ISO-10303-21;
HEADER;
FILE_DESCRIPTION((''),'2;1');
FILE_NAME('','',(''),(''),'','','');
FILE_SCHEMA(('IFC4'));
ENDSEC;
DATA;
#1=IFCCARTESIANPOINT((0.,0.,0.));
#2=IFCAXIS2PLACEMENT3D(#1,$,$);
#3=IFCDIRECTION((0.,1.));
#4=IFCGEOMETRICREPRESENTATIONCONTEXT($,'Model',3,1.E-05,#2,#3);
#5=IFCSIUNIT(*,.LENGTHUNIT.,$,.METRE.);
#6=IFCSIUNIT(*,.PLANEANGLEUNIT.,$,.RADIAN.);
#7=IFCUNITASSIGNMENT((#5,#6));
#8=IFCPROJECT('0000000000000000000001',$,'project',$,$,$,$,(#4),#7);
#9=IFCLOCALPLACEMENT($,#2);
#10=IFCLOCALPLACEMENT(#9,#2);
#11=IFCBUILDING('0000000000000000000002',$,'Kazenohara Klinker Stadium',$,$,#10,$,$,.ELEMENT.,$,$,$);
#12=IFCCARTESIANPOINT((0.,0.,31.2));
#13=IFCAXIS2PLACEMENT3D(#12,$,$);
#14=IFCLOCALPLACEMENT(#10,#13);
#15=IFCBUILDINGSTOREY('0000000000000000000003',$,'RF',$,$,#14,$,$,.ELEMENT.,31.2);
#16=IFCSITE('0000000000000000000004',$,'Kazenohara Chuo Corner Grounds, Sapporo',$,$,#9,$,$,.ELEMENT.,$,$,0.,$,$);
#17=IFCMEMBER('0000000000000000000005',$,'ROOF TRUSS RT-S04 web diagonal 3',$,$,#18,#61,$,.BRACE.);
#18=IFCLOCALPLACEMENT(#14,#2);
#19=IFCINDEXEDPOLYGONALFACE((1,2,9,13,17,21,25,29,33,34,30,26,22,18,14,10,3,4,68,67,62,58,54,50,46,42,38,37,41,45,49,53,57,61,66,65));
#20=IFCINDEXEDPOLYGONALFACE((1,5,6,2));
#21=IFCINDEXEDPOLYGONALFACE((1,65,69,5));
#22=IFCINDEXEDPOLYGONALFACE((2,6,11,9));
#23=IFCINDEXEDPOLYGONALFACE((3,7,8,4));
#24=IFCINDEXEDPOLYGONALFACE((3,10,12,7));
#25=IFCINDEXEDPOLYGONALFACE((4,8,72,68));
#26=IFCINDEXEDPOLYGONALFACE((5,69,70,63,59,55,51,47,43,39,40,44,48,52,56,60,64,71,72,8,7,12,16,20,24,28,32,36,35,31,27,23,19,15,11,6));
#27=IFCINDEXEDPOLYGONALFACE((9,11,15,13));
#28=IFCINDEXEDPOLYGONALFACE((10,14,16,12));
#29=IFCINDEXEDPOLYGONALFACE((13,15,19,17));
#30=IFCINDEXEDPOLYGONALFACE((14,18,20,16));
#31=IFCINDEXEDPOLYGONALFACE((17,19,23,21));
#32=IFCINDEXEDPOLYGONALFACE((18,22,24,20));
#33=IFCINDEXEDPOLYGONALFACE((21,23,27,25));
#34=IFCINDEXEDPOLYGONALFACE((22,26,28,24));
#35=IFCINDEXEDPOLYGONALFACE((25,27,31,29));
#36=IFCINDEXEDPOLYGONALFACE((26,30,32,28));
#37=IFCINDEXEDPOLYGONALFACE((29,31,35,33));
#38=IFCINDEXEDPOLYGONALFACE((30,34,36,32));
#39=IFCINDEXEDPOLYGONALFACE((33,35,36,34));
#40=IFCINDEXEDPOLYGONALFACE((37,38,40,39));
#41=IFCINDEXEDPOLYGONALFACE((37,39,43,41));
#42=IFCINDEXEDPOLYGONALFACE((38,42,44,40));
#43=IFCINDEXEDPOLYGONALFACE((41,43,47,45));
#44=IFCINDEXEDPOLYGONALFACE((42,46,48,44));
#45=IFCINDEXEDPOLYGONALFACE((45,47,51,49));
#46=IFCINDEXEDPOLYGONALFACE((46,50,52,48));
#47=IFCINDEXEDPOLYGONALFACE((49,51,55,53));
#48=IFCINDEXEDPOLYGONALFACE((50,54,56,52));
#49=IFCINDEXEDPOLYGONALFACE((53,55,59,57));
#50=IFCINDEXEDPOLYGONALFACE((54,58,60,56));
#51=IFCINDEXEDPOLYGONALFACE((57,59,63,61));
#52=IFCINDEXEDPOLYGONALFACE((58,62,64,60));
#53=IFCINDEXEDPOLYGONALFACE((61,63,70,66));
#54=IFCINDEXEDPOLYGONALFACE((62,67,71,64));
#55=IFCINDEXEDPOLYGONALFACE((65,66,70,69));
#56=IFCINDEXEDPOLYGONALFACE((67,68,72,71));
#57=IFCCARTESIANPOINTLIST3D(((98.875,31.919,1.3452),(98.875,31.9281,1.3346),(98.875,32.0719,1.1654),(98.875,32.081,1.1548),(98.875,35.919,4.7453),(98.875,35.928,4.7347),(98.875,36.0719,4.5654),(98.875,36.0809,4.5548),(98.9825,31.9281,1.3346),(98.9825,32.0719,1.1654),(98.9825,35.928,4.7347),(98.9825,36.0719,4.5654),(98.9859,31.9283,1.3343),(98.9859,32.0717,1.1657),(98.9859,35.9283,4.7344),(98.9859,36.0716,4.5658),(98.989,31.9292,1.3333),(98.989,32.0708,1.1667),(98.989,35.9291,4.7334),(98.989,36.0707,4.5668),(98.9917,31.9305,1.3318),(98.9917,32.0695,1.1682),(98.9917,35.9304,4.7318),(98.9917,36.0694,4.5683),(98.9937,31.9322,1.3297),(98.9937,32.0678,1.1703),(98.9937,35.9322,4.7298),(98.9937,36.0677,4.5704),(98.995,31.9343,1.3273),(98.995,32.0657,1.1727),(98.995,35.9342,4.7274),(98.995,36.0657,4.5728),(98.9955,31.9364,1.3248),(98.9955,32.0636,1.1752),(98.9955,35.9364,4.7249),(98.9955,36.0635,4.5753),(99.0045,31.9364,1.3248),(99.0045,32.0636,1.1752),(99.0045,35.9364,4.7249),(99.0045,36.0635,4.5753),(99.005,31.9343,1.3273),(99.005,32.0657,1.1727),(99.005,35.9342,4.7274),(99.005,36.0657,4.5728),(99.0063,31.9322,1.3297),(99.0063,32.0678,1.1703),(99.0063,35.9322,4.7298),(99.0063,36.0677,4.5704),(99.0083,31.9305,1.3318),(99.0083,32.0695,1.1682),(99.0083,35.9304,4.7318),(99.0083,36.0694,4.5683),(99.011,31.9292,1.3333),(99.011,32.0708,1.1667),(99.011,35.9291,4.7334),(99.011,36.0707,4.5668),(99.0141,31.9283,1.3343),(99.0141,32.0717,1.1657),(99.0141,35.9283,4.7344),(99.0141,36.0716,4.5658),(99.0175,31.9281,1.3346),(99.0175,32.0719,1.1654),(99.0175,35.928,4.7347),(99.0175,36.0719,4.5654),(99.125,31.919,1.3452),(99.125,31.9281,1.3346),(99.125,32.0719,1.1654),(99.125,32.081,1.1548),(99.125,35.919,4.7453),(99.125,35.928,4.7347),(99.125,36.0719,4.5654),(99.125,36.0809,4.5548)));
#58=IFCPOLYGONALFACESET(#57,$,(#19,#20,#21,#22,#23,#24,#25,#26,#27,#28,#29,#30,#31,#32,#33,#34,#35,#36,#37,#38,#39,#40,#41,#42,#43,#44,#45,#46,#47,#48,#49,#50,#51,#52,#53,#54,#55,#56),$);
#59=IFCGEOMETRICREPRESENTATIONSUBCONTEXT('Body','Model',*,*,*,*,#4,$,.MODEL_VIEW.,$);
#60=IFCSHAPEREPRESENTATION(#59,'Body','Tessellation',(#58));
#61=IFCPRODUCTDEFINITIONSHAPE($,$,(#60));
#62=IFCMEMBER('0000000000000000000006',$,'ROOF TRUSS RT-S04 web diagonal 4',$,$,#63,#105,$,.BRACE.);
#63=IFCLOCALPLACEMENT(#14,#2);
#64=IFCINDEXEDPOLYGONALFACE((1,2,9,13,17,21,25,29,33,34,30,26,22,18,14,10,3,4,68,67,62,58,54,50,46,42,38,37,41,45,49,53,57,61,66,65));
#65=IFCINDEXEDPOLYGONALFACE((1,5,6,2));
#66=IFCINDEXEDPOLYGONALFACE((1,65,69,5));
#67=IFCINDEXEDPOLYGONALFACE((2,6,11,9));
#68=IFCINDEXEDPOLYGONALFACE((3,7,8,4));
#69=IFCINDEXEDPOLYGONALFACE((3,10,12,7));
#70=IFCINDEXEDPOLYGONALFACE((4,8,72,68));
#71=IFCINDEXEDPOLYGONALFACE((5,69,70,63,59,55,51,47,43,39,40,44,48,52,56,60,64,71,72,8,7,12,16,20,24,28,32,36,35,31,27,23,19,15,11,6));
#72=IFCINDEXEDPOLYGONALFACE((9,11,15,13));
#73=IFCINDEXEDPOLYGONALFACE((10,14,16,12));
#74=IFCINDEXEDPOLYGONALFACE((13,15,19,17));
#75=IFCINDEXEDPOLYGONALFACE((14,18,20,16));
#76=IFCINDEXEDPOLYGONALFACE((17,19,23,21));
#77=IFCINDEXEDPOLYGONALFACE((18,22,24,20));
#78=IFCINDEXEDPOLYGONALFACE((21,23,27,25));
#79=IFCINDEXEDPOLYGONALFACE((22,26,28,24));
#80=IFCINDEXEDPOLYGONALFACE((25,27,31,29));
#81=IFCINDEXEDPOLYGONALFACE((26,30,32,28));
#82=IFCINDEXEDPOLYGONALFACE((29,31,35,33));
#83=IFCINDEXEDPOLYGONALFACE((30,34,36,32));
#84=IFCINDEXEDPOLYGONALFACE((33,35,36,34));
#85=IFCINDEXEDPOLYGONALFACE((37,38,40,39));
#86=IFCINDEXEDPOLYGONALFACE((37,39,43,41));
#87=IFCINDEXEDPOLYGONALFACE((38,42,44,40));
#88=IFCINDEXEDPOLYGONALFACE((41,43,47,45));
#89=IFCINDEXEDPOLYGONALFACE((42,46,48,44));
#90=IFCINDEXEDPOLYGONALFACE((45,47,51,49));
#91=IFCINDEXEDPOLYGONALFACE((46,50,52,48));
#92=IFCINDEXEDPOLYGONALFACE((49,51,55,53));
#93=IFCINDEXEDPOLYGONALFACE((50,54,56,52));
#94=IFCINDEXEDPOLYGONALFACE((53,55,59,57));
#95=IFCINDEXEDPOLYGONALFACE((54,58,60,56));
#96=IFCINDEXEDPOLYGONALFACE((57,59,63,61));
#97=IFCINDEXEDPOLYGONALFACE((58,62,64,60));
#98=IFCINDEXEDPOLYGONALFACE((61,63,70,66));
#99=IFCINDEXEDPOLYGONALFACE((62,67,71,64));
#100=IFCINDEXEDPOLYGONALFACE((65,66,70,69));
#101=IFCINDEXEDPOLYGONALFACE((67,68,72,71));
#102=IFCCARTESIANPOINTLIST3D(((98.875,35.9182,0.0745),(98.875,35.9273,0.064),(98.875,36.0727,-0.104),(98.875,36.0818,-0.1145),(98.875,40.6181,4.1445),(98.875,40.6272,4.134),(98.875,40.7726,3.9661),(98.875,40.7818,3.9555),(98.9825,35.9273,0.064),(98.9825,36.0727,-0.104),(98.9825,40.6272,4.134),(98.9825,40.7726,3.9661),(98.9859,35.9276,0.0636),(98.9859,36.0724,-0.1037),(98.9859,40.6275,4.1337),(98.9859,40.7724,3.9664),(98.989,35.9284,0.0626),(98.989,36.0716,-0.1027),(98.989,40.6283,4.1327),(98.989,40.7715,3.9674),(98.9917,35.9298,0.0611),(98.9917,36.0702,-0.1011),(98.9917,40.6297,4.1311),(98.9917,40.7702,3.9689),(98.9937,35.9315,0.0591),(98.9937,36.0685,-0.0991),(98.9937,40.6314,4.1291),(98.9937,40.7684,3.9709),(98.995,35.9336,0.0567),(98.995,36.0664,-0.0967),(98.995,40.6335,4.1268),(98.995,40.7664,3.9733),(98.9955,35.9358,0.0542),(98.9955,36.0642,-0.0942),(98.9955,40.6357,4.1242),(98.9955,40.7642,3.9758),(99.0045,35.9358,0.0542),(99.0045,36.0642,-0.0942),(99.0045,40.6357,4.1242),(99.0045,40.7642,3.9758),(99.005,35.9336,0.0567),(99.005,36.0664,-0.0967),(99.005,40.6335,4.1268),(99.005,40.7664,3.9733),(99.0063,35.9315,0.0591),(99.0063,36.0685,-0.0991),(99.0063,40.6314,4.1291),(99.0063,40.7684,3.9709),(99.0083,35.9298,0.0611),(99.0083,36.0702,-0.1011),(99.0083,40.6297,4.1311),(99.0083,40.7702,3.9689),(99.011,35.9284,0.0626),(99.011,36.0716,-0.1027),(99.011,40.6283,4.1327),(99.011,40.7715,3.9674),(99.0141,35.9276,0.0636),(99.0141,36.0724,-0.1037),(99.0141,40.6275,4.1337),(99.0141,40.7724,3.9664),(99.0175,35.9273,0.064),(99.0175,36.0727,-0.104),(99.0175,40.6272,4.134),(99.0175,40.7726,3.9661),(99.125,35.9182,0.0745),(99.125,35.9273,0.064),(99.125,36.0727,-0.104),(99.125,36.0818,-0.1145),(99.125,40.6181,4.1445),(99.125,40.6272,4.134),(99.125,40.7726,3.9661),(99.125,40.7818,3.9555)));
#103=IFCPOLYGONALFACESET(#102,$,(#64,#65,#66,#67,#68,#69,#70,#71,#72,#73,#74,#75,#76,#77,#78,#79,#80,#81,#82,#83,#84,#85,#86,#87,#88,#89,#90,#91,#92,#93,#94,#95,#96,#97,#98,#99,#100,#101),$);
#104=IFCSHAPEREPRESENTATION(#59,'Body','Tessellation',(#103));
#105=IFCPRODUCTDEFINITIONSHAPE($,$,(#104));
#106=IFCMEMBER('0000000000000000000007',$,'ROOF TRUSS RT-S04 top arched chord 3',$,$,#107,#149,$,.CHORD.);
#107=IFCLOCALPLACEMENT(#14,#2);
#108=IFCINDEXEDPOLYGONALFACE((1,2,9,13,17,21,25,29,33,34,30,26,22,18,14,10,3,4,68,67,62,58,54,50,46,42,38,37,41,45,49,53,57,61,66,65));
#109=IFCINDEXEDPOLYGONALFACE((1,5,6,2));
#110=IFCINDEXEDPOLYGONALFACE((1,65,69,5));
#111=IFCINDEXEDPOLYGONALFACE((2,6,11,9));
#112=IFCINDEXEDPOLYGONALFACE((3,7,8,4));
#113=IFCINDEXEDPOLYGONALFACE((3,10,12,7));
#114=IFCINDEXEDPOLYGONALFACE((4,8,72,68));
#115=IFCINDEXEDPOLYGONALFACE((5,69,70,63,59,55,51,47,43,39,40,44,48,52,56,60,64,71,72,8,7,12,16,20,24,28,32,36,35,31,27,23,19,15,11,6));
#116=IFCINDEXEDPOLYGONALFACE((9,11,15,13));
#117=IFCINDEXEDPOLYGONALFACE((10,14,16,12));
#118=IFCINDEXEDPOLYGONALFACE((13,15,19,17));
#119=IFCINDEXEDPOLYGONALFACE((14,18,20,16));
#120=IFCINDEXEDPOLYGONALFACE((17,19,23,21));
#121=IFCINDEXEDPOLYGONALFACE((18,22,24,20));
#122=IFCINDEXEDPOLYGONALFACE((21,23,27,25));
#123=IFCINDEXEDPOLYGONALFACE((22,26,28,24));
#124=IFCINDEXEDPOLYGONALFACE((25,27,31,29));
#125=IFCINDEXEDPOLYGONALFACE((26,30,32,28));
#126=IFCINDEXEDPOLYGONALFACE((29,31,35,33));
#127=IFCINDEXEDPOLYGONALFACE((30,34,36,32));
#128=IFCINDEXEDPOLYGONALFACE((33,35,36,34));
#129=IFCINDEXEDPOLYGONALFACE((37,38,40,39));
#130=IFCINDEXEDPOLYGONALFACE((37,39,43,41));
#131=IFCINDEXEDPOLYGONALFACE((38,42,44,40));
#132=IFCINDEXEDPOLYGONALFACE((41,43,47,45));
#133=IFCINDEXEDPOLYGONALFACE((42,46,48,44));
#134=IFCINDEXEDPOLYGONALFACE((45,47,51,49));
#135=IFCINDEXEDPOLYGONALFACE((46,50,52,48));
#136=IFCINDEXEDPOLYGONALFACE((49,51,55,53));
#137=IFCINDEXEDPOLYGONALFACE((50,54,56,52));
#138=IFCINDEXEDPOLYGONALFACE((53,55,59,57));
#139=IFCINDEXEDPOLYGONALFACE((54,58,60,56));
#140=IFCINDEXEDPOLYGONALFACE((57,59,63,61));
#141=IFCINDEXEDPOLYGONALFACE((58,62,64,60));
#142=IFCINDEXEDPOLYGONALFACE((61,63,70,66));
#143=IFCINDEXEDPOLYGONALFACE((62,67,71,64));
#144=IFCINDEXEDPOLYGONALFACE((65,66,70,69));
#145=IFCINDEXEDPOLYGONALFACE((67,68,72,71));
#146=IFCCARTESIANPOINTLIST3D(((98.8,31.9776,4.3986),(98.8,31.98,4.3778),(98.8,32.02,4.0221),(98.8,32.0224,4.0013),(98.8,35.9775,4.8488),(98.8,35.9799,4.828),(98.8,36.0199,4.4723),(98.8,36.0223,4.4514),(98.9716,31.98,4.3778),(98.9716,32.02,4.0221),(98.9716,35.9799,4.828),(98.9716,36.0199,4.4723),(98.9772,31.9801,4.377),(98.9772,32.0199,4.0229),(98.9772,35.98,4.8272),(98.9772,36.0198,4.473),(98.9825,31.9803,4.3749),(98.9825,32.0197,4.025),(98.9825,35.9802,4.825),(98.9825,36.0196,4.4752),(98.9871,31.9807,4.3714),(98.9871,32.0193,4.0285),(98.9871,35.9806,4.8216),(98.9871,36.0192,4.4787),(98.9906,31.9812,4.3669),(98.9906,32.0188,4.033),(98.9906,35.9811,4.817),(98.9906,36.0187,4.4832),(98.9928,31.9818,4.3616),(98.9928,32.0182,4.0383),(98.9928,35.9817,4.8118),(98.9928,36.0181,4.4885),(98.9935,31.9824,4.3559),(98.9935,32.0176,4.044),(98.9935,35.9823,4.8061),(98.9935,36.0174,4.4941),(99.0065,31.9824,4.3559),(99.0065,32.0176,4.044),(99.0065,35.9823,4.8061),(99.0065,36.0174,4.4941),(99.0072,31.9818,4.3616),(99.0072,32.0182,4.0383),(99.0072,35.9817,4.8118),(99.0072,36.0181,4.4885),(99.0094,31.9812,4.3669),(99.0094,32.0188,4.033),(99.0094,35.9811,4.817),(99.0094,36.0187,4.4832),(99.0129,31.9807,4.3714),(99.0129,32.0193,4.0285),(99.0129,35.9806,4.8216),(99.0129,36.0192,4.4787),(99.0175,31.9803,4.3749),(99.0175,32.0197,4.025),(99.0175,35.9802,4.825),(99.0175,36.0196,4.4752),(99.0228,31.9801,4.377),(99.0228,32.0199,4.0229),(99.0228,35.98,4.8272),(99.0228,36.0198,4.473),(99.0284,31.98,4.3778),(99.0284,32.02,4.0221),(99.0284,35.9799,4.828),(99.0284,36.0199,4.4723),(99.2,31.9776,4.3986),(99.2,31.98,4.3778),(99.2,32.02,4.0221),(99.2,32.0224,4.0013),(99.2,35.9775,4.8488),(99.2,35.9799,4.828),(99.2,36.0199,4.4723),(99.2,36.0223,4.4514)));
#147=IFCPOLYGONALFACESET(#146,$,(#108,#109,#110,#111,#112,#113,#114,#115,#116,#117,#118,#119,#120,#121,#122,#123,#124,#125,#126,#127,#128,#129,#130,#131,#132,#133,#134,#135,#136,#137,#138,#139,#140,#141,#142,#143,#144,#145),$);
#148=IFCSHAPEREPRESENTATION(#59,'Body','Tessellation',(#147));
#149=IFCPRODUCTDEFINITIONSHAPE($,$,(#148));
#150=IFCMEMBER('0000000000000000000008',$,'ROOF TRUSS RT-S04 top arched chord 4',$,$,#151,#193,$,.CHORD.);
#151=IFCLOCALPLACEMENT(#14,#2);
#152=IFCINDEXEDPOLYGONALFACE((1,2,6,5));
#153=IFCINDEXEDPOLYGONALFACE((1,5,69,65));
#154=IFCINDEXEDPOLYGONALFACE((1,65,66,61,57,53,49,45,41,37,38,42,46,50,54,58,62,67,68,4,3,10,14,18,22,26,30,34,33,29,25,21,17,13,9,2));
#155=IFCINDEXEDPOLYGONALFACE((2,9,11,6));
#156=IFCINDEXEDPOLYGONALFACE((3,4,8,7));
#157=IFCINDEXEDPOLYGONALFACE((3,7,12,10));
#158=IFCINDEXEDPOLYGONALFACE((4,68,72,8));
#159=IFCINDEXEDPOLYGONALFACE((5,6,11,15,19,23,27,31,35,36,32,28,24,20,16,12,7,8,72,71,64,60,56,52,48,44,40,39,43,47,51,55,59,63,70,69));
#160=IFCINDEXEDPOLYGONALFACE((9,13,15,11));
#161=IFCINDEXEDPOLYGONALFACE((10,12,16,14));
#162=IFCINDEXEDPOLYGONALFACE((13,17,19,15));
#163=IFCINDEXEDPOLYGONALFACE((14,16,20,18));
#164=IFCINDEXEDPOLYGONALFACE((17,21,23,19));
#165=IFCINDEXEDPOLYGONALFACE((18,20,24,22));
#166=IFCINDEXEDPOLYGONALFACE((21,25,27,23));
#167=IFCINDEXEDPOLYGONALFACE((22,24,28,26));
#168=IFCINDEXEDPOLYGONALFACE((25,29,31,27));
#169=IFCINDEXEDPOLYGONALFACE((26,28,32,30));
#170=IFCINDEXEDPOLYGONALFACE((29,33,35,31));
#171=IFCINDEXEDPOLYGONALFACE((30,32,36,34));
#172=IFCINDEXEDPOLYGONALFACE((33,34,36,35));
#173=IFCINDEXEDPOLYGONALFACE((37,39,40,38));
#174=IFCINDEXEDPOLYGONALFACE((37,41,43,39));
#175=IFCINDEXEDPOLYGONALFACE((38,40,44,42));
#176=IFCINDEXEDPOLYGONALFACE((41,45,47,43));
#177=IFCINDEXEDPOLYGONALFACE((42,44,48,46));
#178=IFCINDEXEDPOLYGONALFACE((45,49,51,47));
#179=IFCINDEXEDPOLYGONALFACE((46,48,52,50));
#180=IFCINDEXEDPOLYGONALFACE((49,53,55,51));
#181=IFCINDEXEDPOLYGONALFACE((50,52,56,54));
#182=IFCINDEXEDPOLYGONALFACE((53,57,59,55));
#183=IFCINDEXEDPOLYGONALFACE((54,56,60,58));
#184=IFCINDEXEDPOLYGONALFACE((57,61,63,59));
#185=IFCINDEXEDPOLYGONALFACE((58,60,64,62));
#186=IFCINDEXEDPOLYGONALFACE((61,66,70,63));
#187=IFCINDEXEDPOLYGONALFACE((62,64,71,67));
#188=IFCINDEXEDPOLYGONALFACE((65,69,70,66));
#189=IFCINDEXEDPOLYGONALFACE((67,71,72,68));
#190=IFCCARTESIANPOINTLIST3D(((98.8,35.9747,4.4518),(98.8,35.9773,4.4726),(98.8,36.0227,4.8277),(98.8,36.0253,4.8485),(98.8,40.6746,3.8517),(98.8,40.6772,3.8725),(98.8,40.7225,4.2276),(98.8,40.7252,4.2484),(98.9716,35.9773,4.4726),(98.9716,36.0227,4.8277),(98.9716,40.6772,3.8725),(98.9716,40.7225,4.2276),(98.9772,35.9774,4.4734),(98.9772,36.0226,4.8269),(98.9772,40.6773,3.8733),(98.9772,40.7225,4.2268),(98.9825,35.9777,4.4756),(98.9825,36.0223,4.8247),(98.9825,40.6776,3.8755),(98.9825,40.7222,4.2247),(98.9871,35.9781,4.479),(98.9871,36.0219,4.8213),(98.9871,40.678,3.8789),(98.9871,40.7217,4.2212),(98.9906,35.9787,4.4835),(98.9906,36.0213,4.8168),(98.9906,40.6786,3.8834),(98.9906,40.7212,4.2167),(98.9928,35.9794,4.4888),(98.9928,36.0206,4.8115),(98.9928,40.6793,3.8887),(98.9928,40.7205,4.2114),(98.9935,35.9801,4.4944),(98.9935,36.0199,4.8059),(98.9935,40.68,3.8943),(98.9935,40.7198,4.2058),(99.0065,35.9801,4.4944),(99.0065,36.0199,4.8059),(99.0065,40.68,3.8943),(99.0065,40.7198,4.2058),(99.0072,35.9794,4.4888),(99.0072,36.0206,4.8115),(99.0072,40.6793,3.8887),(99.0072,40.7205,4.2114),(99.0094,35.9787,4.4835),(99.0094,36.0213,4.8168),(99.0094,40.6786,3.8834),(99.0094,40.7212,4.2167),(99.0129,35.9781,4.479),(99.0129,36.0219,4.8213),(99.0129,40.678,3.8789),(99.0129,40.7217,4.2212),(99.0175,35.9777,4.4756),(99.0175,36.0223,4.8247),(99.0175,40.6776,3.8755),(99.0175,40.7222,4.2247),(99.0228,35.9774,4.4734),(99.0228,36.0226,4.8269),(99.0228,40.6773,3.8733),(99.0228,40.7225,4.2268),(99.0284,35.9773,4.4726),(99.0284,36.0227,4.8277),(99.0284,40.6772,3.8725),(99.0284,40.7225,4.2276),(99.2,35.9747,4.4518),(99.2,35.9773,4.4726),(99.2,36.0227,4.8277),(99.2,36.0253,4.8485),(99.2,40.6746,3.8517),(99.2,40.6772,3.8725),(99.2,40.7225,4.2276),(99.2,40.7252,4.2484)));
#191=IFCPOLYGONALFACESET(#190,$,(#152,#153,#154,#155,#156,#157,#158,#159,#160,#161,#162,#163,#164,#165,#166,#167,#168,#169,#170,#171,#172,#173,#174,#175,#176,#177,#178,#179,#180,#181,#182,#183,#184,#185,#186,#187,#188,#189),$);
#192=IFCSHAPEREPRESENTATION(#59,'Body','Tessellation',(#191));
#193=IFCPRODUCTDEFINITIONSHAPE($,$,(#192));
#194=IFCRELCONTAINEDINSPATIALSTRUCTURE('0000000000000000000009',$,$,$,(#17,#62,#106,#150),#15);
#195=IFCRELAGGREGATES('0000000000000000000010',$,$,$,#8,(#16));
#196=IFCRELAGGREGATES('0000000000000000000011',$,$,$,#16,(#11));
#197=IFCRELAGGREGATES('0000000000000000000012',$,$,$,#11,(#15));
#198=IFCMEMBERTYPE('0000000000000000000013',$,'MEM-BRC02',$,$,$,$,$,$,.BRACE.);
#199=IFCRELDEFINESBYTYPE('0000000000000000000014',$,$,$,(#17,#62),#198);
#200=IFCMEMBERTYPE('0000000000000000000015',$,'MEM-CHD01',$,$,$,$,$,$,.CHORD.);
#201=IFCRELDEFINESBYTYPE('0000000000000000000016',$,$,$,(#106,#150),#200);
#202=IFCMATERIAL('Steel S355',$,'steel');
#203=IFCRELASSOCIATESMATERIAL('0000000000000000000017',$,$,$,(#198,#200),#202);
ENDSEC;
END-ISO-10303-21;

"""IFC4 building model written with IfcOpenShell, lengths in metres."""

from ifc_helpers import new_model, si_unit, direction, frame, origin, origin_2d, place, context, subcontext, project, spatial, i_section, extrude, material, material_profile, profile_set, type_object, element, save


model = new_model("IFC4")

# Units and contexts
model_context = context("Model", 3, precision=1e-05, world=origin(), true_north=direction((0.0, 1.0)))
body_context = subcontext(model_context, "Body", "Model", "MODEL_VIEW")
ifc_project = project(units=[si_unit("LENGTHUNIT", "METRE"), si_unit("PLANEANGLEUNIT", "RADIAN")], contexts=[model_context])

# Site, building, storey
site_placement = place(None, origin())
site = spatial("IfcSite", under=ifc_project, at=site_placement, Name="Kazenohara Chuo Corner Grounds, Sapporo", CompositionType="ELEMENT", RefElevation=0.0)
building_placement = place(site_placement, origin())
building = spatial("IfcBuilding", under=site, at=building_placement, Name="Kazenohara Klinker Stadium", CompositionType="ELEMENT")
storey_placement = place(building_placement, frame((0.0, 0.0, 31.2)))
storey = spatial("IfcBuildingStorey", under=building, at=storey_placement, Name="RF", CompositionType="ELEMENT", Elevation=31.2)

# Members
ifc_material_1 = material(Name="Steel S355", Category="steel")
ifc_material_profile_1 = material_profile(ifc_material_1, i_section(OverallWidth=0.25, OverallDepth=0.25, WebThickness=0.009, FlangeThickness=0.0139, FilletRadius=0.0129, at=origin_2d()), Name="H-250x250x9x14")
ifc_profile_set_1 = profile_set([ifc_material_profile_1], Name="Steel S355")
member_type_1 = type_object("IfcMemberType", Name="MEM-BRC02", PredefinedType="BRACE", material=ifc_profile_set_1)
member_1_placement = place(storey_placement, frame((99.0, 32.0, 1.25), z_axis=(0.0, 0.761926, 0.647665), x_axis=(-1.0, 0.0, 0.0)))
element("IfcMember", 1, at=member_1_placement, inside=storey, type_object=member_type_1, Name="ROOF TRUSS RT-S04 web diagonal 3", PredefinedType="BRACE", context=body_context, shape_type="SweptSolid", body=[
    extrude(i_section(OverallWidth=0.25, OverallDepth=0.25, WebThickness=0.009, FlangeThickness=0.0139, FilletRadius=0.0129, at=origin_2d()), origin(), (0.0, 0.0, 1.0), 5.2498),
])
member_2_placement = place(storey_placement, frame((99.0, 36.0, -0.02), z_axis=(0.0, 0.755946, 0.654634), x_axis=(-1.0, 0.0, 0.0)))
element("IfcMember", 2, at=member_2_placement, inside=storey, type_object=member_type_1, Name="ROOF TRUSS RT-S04 web diagonal 4", PredefinedType="BRACE", context=body_context, shape_type="SweptSolid", body=[
    extrude(i_section(OverallWidth=0.25, OverallDepth=0.25, WebThickness=0.009, FlangeThickness=0.0139, FilletRadius=0.0129, at=origin_2d()), origin(), (0.0, 0.0, 1.0), 6.2173),
])
ifc_material_profile_2 = material_profile(ifc_material_1, i_section(OverallWidth=0.3999, OverallDepth=0.3999, WebThickness=0.0129, FlangeThickness=0.021, FilletRadius=0.022, at=origin_2d()), Name="H-400x400x13x21")
ifc_profile_set_2 = profile_set([ifc_material_profile_2], Name="Steel S355")
member_type_2 = type_object("IfcMemberType", Name="MEM-CHD01", PredefinedType="CHORD", material=ifc_profile_set_2)
member_3_placement = place(storey_placement, frame((99.0, 32.0, 4.2), z_axis=(0.0, 0.993726, 0.111843), x_axis=(-1.0, 0.0, 0.0)))
element("IfcMember", 3, at=member_3_placement, inside=storey, type_object=member_type_2, Name="ROOF TRUSS RT-S04 top arched chord 3", PredefinedType="CHORD", context=body_context, shape_type="SweptSolid", body=[
    extrude(i_section(OverallWidth=0.3999, OverallDepth=0.3999, WebThickness=0.0129, FlangeThickness=0.021, FilletRadius=0.022, at=origin_2d()), origin(), (0.0, 0.0, 1.0), 4.0251),
])
member_4_placement = place(storey_placement, frame((99.0, 36.0, 4.6501), z_axis=(0.0, 0.991947, -0.126653), x_axis=(-1.0, 0.0, 0.0)))
element("IfcMember", 4, at=member_4_placement, inside=storey, type_object=member_type_2, Name="ROOF TRUSS RT-S04 top arched chord 4", PredefinedType="CHORD", context=body_context, shape_type="SweptSolid", body=[
    extrude(i_section(OverallWidth=0.3999, OverallDepth=0.3999, WebThickness=0.0129, FlangeThickness=0.021, FilletRadius=0.022, at=origin_2d()), origin(), (0.0, 0.0, 1.0), 4.738),
])

save(model, "model.ifc")
